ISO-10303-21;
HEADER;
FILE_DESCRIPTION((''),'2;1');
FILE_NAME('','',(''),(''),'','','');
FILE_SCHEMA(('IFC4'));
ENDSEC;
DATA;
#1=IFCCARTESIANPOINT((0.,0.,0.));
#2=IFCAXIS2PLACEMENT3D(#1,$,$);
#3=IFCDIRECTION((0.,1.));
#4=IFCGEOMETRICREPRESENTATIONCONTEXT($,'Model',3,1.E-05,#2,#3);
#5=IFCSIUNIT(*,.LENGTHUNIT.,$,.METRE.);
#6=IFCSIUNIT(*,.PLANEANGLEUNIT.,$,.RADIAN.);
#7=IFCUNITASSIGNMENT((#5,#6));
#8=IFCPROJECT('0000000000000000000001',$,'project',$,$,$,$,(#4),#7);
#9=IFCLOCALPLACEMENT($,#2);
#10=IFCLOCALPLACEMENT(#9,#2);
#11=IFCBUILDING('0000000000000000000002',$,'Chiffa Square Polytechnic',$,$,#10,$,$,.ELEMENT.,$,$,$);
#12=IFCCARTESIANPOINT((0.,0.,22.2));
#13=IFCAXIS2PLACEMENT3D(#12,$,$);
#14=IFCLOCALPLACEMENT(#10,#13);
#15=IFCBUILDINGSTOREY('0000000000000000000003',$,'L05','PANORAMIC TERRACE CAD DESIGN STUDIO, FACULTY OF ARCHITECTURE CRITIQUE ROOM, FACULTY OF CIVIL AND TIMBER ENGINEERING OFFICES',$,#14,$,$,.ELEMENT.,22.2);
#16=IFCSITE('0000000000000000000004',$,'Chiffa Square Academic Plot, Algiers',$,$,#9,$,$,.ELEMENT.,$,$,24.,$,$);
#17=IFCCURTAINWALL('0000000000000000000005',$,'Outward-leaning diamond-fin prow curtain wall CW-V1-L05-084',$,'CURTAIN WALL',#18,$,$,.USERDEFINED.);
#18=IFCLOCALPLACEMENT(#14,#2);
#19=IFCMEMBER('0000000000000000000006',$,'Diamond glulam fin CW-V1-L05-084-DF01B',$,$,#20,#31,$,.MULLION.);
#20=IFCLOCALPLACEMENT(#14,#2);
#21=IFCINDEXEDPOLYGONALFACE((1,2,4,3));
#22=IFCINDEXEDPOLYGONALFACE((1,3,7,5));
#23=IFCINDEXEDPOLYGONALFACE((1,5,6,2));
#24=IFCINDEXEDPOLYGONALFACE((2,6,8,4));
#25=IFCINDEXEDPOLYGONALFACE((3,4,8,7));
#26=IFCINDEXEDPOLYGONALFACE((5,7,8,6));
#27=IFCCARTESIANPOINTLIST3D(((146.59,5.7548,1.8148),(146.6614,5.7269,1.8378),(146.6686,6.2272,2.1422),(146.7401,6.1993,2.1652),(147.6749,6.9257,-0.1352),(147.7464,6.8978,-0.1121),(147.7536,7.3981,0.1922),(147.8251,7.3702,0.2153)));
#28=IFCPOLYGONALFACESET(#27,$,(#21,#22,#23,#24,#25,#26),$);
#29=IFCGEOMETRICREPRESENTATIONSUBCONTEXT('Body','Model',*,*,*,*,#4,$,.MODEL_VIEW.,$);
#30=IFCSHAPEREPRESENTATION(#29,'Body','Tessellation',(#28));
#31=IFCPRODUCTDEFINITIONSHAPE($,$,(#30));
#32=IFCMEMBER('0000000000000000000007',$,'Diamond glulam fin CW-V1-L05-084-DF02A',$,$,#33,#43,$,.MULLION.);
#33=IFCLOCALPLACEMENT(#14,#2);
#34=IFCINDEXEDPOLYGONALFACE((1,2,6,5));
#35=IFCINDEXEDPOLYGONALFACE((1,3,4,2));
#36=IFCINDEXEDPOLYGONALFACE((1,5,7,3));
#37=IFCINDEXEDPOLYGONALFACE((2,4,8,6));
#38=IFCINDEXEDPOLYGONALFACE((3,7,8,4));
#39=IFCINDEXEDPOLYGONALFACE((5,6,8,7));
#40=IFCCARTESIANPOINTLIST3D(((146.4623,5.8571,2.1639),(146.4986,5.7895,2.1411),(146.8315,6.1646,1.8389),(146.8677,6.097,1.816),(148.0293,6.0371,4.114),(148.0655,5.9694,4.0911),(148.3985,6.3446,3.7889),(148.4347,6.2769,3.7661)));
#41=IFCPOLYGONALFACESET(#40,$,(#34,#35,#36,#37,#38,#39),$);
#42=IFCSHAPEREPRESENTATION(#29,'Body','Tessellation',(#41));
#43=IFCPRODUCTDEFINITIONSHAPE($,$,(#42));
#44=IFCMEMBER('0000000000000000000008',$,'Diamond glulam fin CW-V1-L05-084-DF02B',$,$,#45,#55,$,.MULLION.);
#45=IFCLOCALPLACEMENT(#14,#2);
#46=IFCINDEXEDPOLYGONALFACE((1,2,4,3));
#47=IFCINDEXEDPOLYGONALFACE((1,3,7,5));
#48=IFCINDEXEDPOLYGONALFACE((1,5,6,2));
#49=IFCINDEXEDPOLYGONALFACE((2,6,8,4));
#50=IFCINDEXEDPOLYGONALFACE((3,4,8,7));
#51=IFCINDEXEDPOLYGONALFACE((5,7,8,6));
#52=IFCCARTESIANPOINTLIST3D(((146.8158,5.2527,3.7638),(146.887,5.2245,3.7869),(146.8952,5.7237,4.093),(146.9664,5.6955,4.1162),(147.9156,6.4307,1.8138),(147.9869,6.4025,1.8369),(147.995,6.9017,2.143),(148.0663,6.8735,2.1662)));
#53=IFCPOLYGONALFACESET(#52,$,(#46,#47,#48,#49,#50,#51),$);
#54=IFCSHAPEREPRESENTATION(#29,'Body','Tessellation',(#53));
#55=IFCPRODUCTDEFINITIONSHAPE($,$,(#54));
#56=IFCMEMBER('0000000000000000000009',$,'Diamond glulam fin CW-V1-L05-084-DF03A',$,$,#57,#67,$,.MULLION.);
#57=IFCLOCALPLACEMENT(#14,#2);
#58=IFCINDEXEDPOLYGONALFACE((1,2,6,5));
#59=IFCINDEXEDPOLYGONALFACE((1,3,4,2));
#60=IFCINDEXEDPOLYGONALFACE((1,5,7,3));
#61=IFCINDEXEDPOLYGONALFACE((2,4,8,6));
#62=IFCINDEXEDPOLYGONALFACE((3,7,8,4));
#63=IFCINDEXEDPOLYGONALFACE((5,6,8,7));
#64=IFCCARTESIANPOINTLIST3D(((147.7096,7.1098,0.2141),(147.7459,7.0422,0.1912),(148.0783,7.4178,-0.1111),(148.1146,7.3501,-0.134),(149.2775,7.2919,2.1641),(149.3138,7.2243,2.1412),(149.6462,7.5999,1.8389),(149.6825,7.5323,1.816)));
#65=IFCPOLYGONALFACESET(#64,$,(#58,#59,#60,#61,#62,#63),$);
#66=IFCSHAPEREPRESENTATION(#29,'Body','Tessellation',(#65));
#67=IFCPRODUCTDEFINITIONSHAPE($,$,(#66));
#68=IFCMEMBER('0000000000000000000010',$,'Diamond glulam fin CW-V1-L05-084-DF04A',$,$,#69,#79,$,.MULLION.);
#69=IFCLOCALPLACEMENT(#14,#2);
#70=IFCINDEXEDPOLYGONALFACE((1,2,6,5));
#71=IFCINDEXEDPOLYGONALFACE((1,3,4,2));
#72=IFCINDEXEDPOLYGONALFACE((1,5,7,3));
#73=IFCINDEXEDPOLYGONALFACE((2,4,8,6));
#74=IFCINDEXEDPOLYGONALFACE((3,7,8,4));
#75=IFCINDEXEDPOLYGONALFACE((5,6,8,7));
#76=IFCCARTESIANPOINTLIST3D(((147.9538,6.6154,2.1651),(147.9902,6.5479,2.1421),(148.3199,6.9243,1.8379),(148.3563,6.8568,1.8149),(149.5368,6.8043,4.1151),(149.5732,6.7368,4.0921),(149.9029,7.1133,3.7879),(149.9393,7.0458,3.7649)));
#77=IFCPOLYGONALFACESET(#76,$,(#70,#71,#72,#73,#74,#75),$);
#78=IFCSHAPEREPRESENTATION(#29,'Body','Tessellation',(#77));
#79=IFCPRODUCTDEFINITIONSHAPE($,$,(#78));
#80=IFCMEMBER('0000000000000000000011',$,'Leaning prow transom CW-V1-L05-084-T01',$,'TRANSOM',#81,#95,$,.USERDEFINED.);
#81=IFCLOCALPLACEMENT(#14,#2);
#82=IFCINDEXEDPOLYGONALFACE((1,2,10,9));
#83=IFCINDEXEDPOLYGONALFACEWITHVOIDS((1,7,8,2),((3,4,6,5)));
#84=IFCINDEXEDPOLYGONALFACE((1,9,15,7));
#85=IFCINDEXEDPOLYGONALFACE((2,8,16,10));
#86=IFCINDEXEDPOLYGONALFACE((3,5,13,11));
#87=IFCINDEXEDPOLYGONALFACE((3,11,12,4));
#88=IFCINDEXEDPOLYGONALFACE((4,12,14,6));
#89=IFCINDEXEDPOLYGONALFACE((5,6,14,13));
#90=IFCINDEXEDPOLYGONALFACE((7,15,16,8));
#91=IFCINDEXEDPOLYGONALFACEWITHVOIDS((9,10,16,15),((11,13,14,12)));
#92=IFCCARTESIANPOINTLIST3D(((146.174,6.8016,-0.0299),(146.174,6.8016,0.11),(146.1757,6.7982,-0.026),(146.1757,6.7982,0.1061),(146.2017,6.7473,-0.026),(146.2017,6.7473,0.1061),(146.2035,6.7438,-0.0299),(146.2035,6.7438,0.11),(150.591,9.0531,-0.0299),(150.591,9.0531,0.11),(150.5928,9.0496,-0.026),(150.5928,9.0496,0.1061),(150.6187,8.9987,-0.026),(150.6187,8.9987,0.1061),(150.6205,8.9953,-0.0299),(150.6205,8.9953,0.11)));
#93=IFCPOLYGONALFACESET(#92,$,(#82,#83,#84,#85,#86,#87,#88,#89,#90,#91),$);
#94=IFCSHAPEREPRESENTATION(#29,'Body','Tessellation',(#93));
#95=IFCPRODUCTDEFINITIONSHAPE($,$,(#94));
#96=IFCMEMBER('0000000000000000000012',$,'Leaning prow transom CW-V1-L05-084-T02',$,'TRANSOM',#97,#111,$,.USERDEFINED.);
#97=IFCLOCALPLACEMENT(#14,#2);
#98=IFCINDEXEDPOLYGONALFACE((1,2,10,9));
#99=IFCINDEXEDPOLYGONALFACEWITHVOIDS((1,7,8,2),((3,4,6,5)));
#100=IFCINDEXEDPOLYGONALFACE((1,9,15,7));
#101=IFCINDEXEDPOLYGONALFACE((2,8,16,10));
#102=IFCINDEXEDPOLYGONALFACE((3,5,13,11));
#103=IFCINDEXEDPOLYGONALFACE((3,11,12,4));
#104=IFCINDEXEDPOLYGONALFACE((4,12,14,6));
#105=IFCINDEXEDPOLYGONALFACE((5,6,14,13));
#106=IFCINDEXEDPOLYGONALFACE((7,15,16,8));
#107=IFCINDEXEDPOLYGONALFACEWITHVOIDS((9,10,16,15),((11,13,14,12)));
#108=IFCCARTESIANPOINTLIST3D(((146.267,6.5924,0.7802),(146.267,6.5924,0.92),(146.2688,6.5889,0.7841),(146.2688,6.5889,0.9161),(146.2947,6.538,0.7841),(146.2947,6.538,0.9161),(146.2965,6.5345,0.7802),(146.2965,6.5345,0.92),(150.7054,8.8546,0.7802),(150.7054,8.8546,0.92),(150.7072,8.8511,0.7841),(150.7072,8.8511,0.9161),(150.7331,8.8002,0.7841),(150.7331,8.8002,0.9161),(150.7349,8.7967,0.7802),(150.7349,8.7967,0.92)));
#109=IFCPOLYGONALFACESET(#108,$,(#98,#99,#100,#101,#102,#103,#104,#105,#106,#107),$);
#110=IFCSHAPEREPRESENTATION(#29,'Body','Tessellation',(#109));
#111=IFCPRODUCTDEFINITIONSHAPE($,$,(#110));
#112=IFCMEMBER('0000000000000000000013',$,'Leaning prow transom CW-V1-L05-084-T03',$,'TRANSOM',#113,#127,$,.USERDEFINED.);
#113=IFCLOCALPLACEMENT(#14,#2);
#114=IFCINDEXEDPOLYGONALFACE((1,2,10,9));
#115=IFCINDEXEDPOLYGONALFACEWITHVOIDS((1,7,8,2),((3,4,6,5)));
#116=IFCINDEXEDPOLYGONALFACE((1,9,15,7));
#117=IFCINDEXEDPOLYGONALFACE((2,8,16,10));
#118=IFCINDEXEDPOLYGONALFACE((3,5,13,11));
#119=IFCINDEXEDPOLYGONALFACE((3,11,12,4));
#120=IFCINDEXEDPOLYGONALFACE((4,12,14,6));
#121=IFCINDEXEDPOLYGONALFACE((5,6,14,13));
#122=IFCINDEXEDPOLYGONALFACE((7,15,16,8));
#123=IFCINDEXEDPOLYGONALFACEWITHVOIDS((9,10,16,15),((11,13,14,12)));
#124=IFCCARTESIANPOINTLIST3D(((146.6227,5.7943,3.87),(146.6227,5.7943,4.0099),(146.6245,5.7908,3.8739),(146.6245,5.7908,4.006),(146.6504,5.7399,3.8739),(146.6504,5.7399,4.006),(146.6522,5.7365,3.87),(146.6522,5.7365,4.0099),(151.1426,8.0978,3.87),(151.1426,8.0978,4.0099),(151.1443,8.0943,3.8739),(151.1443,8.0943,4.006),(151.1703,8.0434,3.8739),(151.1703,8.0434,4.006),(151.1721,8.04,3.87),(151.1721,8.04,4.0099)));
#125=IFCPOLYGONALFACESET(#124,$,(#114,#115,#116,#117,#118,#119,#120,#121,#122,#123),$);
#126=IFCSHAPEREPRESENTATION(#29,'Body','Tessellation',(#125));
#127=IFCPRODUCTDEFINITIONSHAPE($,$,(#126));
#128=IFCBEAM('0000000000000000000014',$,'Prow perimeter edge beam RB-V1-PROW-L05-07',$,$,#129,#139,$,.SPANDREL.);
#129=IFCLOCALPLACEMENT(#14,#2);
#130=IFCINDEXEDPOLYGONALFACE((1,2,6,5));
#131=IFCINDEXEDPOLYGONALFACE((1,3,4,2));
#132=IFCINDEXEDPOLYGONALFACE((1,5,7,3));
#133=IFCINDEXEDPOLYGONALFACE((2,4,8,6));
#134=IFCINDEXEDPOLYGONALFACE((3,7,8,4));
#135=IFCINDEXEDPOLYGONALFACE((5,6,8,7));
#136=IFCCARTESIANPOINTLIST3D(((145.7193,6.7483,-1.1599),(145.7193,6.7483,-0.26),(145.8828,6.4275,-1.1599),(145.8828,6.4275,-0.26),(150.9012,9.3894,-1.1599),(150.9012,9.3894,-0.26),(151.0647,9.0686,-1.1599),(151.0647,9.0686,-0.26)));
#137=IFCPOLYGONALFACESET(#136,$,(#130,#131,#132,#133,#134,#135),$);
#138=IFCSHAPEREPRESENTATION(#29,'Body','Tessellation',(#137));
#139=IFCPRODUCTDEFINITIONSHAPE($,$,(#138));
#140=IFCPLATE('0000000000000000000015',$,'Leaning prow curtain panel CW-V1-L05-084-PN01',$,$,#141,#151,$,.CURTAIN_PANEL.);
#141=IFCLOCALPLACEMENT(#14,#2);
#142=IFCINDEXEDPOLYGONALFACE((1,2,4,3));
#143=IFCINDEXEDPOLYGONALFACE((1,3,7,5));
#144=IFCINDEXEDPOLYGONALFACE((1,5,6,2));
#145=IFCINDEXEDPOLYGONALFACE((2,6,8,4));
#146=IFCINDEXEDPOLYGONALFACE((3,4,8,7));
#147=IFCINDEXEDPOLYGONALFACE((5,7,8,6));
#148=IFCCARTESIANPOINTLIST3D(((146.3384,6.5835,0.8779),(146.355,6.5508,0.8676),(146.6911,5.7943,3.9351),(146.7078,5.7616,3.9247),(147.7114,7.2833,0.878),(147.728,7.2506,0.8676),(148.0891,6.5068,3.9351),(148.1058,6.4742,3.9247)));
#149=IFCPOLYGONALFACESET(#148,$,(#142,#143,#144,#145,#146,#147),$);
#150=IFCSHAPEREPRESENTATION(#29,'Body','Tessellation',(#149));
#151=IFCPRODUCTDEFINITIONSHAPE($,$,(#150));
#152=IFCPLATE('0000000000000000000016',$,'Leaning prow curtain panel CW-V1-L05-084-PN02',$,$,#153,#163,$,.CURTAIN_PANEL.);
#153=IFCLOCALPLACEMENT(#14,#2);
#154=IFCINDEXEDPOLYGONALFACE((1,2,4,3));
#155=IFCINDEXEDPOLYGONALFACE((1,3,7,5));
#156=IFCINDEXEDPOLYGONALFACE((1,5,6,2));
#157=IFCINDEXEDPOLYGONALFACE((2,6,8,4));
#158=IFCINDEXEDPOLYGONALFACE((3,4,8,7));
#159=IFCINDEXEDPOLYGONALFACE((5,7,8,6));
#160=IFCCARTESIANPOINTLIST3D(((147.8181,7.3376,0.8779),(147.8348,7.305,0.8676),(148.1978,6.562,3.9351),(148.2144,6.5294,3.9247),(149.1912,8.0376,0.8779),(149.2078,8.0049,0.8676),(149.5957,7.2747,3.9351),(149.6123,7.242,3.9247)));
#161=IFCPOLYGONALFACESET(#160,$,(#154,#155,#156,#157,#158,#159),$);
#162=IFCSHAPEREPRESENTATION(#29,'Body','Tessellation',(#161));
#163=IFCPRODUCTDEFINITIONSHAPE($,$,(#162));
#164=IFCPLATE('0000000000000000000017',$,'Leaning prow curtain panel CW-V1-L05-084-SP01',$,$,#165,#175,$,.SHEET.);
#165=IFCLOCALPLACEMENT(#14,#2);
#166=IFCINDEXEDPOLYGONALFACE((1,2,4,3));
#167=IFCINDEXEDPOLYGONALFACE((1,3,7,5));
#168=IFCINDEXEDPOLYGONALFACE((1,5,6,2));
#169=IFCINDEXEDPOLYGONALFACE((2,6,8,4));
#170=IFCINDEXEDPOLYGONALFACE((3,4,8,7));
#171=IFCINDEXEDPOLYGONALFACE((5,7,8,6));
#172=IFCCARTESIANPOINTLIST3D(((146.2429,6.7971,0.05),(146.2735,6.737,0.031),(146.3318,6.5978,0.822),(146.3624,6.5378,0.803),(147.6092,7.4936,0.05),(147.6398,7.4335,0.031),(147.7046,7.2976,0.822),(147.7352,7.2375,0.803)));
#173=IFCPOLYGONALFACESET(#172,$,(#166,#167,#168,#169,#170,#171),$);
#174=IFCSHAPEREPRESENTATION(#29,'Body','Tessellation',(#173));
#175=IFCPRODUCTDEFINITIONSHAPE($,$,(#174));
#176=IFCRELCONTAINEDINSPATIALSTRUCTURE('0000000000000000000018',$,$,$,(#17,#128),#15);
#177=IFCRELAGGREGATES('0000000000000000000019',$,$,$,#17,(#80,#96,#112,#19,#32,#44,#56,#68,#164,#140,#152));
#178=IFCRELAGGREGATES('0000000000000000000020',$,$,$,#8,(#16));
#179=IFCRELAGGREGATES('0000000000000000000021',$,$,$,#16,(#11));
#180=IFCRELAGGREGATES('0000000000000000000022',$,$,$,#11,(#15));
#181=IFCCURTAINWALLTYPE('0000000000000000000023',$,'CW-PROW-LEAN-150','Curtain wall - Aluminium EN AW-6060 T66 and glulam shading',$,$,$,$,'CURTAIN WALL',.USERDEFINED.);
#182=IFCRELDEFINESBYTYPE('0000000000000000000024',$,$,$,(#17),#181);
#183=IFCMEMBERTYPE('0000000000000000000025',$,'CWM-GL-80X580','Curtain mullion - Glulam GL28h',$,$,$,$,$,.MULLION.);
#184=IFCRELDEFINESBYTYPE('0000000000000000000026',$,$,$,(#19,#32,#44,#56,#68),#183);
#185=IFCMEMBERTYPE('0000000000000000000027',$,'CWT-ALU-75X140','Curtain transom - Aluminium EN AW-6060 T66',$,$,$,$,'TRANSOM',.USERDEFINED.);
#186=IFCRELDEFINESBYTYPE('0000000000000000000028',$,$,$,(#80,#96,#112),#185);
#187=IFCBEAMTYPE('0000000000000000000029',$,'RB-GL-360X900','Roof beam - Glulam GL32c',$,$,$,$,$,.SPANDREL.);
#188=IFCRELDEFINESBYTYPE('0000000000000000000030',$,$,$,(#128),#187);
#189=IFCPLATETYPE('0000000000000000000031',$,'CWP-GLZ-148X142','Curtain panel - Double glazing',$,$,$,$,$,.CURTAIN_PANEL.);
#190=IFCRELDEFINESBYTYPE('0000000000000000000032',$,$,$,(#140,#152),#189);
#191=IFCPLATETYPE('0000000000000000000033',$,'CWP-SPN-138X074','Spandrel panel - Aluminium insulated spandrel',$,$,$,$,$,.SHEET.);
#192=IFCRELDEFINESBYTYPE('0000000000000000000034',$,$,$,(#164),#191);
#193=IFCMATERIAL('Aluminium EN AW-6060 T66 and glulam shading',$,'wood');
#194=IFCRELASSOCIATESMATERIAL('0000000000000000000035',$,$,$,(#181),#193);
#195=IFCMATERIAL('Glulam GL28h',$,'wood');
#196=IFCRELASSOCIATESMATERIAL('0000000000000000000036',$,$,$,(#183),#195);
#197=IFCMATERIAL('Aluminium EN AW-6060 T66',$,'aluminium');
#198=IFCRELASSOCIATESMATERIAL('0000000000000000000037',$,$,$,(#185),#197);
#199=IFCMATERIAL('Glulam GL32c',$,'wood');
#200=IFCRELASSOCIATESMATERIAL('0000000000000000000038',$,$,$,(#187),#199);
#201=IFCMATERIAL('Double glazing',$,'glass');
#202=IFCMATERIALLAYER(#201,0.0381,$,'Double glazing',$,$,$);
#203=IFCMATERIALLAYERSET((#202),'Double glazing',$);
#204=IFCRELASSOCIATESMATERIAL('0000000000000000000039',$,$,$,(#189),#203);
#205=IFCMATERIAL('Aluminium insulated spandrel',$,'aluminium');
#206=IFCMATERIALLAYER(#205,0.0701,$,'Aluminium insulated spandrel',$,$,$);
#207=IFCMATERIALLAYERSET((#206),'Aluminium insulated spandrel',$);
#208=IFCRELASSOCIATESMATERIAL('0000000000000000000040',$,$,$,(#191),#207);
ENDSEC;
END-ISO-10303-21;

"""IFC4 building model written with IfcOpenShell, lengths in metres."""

from ifc_helpers import new_model, si_unit, direction, frame, origin, origin_2d, place, context, subcontext, project, spatial, polyline, rectangle, hollow_rectangle, outline, extrude, material, layer, layer_set, material_profile, profile_set, type_object, element, aggregate, save


model = new_model("IFC4")

# Units and contexts
model_context = context("Model", 3, precision=1e-05, world=origin(), true_north=direction((0.0, 1.0)))
body_context = subcontext(model_context, "Body", "Model", "MODEL_VIEW")
ifc_project = project(units=[si_unit("LENGTHUNIT", "METRE"), si_unit("PLANEANGLEUNIT", "RADIAN")], contexts=[model_context])

# Site, building, storey
site_placement = place(None, origin())
site = spatial("IfcSite", under=ifc_project, at=site_placement, Name="Chiffa Square Academic Plot, Algiers", CompositionType="ELEMENT", RefElevation=24.0)
building_placement = place(site_placement, origin())
building = spatial("IfcBuilding", under=site, at=building_placement, Name="Chiffa Square Polytechnic", CompositionType="ELEMENT")
storey_placement = place(building_placement, frame((0.0, 0.0, 22.2)))
storey = spatial("IfcBuildingStorey", under=building, at=storey_placement, Name="L05", Description="PANORAMIC TERRACE CAD DESIGN STUDIO, FACULTY OF ARCHITECTURE CRITIQUE ROOM, FACULTY OF CIVIL AND TIMBER ENGINEERING OFFICES", CompositionType="ELEMENT", Elevation=22.2)

# Shared definitions
ifc_material_1 = material(Name="Glulam GL32c", Category="wood")

# Shared definitions
ifc_material_2 = material(Name="Aluminium EN AW-6060 T66 and glulam shading", Category="wood")
ifc_material_3 = material(Name="Aluminium EN AW-6060 T66", Category="aluminium")

# Curtain wall
curtain_wall_type_1 = type_object("IfcCurtainWallType", Name="CW-PROW-LEAN-150", Description="Curtain wall - Aluminium EN AW-6060 T66 and glulam shading", ElementType="CURTAIN WALL", PredefinedType="USERDEFINED", material=ifc_material_2)
curtain_wall_1_placement = place(storey_placement, origin())
curtain_wall_1 = element("IfcCurtainWall", 1, at=curtain_wall_1_placement, inside=storey, type_object=curtain_wall_type_1, Name="Outward-leaning diamond-fin prow curtain wall CW-V1-L05-084", ObjectType="CURTAIN WALL", PredefinedType="USERDEFINED")

# Members
ifc_material_4 = material(Name="Glulam GL28h", Category="wood")
ifc_material_profile_1 = material_profile(ifc_material_4, rectangle(XDim=0.0801, YDim=0.5801, at=origin_2d()), Name="GL28h 80x580")
ifc_profile_set_1 = profile_set([ifc_material_profile_1], Name="Glulam GL28h")
member_type_1 = type_object("IfcMemberType", Name="CWM-GL-80X580", Description="Curtain mullion - Glulam GL28h", PredefinedType="MULLION", material=ifc_profile_set_1)
member_1_placement = place(storey_placement, frame((147.75, 7.1479, 0.04), z_axis=(-0.430538, -0.46464, 0.773787), x_axis=(0.892329, -0.347919, 0.287578)))
member_1 = element("IfcMember", 2, at=member_1_placement, type_object=member_type_1, Name="Diamond glulam fin CW-V1-L05-084-DF01B", PredefinedType="MULLION", context=body_context, shape_type="SweptSolid", body=[
    extrude(rectangle(XDim=0.0801, YDim=0.5801, at=origin_2d()), origin(), (0.0, 0.0, 1.0), 2.52),
])
member_2_placement = place(storey_placement, frame((146.665, 5.9771, 1.99), z_axis=(0.62477, 0.071744, 0.777506), x_axis=(-0.452325, 0.84492, 0.285503)))
member_2 = element("IfcMember", 3, at=member_2_placement, type_object=member_type_1, Name="Diamond glulam fin CW-V1-L05-084-DF02A", PredefinedType="MULLION", context=body_context, shape_type="SweptSolid", body=[
    extrude(rectangle(XDim=0.0801, YDim=0.5801, at=origin_2d()), origin(), (0.0, 0.0, 1.0), 2.5081),
])
member_3_placement = place(storey_placement, frame((147.991, 6.6521, 1.99), z_axis=(-0.434768, -0.465651, 0.770809), x_axis=(0.89008, -0.352289, 0.289222)))
member_3 = element("IfcMember", 4, at=member_3_placement, type_object=member_type_1, Name="Diamond glulam fin CW-V1-L05-084-DF02B", PredefinedType="MULLION", context=body_context, shape_type="SweptSolid", body=[
    extrude(rectangle(XDim=0.0801, YDim=0.5801, at=origin_2d()), origin(), (0.0, 0.0, 1.0), 2.5298),
])
member_4_placement = place(storey_placement, frame((147.9121, 7.23, 0.04), z_axis=(0.624967, 0.072598, 0.777268), x_axis=(-0.453326, 0.844338, 0.285637)))
member_4 = element("IfcMember", 5, at=member_4_placement, type_object=member_type_1, Name="Diamond glulam fin CW-V1-L05-084-DF03A", PredefinedType="MULLION", context=body_context, shape_type="SweptSolid", body=[
    extrude(rectangle(XDim=0.0801, YDim=0.5801, at=origin_2d()), origin(), (0.0, 0.0, 1.0), 2.5088),
])
member_5_placement = place(storey_placement, frame((148.155, 6.7361, 1.99), z_axis=(0.628498, 0.075024, 0.774185), x_axis=(-0.454605, 0.843066, 0.287358)))
member_5 = element("IfcMember", 6, at=member_5_placement, type_object=member_type_1, Name="Diamond glulam fin CW-V1-L05-084-DF04A", PredefinedType="MULLION", context=body_context, shape_type="SweptSolid", body=[
    extrude(rectangle(XDim=0.0801, YDim=0.5801, at=origin_2d()), origin(), (0.0, 0.0, 1.0), 2.5188),
])
ifc_material_profile_2 = material_profile(ifc_material_3, hollow_rectangle(XDim=0.0649, YDim=0.1399, WallThickness=0.0039, at=origin_2d()), Name="ALU 65x140x4")
ifc_profile_set_2 = profile_set([ifc_material_profile_2], Name="Aluminium EN AW-6060 T66")
member_type_2 = type_object("IfcMemberType", Name="CWT-ALU-75X140", Description="Curtain transom - Aluminium EN AW-6060 T66", ElementType="TRANSOM", PredefinedType="USERDEFINED", material=ifc_profile_set_2)
member_6_placement = place(storey_placement, frame((146.1887, 6.7727, 0.04), z_axis=(0.890933, 0.454134, 0.0), x_axis=(-0.454134, 0.890933, 0.0)))
member_6 = element("IfcMember", 7, at=member_6_placement, type_object=member_type_2, Name="Leaning prow transom CW-V1-L05-084-T01", ObjectType="TRANSOM", PredefinedType="USERDEFINED", context=body_context, shape_type="SweptSolid", body=[
    extrude(hollow_rectangle(XDim=0.0649, YDim=0.1399, WallThickness=0.0039, at=origin_2d()), origin(), (0.0, 0.0, 1.0), 4.9578),
])
member_7_placement = place(storey_placement, frame((146.2817, 6.5635, 0.8501), z_axis=(0.89095, 0.4541, 0.0), x_axis=(-0.4541, 0.89095, 0.0)))
member_7 = element("IfcMember", 8, at=member_7_placement, type_object=member_type_2, Name="Leaning prow transom CW-V1-L05-084-T02", ObjectType="TRANSOM", PredefinedType="USERDEFINED", context=body_context, shape_type="SweptSolid", body=[
    extrude(hollow_rectangle(XDim=0.0649, YDim=0.1399, WallThickness=0.0039, at=origin_2d()), origin(), (0.0, 0.0, 1.0), 4.9817),
])
member_8_placement = place(storey_placement, frame((146.6375, 5.7654, 3.9399), z_axis=(0.890965, 0.454073, 0.0), x_axis=(-0.454073, 0.890965, 0.0)))
member_8 = element("IfcMember", 9, at=member_8_placement, type_object=member_type_2, Name="Leaning prow transom CW-V1-L05-084-T03", ObjectType="TRANSOM", PredefinedType="USERDEFINED", context=body_context, shape_type="SweptSolid", body=[
    extrude(hollow_rectangle(XDim=0.0649, YDim=0.1399, WallThickness=0.0039, at=origin_2d()), origin(), (0.0, 0.0, 1.0), 5.073),
])

# Beam
ifc_material_profile_3 = material_profile(ifc_material_1, rectangle(XDim=0.3601, YDim=0.8999, at=origin_2d()), Name="GL32c 360x900")
ifc_profile_set_3 = profile_set([ifc_material_profile_3], Name="Glulam GL32c")
beam_type_1 = type_object("IfcBeamType", Name="RB-GL-360X900", Description="Roof beam - Glulam GL32c", PredefinedType="SPANDREL", material=ifc_profile_set_3)
beam_1_placement = place(storey_placement, frame((145.801, 6.5879, -0.71), z_axis=(0.89095, 0.454101, 0.0), x_axis=(-0.454101, 0.89095, 0.0)))
element("IfcBeam", 10, at=beam_1_placement, inside=storey, type_object=beam_type_1, Name="Prow perimeter edge beam RB-V1-PROW-L05-07", PredefinedType="SPANDREL", context=body_context, shape_type="SweptSolid", body=[
    extrude(rectangle(XDim=0.3601, YDim=0.8999, at=origin_2d()), origin(), (0.0, 0.0, 1.0), 5.8162),
])

# Plates
ifc_material_5 = material(Name="Double glazing", Category="glass")
ifc_layer_1 = layer(ifc_material_5, 0.0381, Name="Double glazing")
ifc_layer_set_1 = layer_set([ifc_layer_1], Name="Double glazing")
plate_type_1 = type_object("IfcPlateType", Name="CWP-GLZ-148X142", Description="Curtain panel - Double glazing", PredefinedType="CURTAIN_PANEL", material=ifc_layer_set_1)
plate_1_placement = place(storey_placement, frame((146.3384, 6.5835, 0.8779), z_axis=(-0.437017, 0.857414, 0.271768), x_axis=(0.890949, 0.454103, 0.000019)))
plate_1 = element("IfcPlate", 11, at=plate_1_placement, type_object=plate_type_1, Name="Leaning prow curtain panel CW-V1-L05-084-PN01", PredefinedType="CURTAIN_PANEL", context=body_context, shape_type="SweptSolid", body=[
    extrude(outline(polyline([(0.0, 0.0), (1.5411, 0.0), (1.5251, -3.1767), (-0.0441, -3.1767), (0.0, 0.0)])), origin(), (0.0, 0.0, -1.0), 0.0381),
])
plate_2_placement = place(storey_placement, frame((147.8181, 7.3376, 0.8779), z_axis=(-0.437072, 0.857374, 0.271804), x_axis=(0.890915, 0.45417, 0.0)))
plate_2 = element("IfcPlate", 12, at=plate_2_placement, type_object=plate_type_1, Name="Leaning prow curtain panel CW-V1-L05-084-PN02", PredefinedType="CURTAIN_PANEL", context=body_context, shape_type="SweptSolid", body=[
    extrude(outline(polyline([(0.0, 0.0), (1.5412, 0.0), (1.5551, -3.1767), (-0.014, -3.1767), (0.0, 0.0)])), origin(), (0.0, 0.0, -1.0), 0.0381),
])
ifc_material_6 = material(Name="Aluminium insulated spandrel", Category="aluminium")
ifc_layer_2 = layer(ifc_material_6, 0.0701, Name="Aluminium insulated spandrel")
ifc_layer_set_2 = layer_set([ifc_layer_2], Name="Aluminium insulated spandrel")
plate_type_2 = type_object("IfcPlateType", Name="CWP-SPN-138X074", Description="Spandrel panel - Aluminium insulated spandrel", PredefinedType="SHEET", material=ifc_layer_set_2)
plate_3_placement = place(storey_placement, frame((146.2429, 6.7971, 0.05), z_axis=(-0.437074, 0.857411, 0.271685), x_axis=(0.89092, 0.45416, -0.000014)))
plate_3 = element("IfcPlate", 13, at=plate_3_placement, type_object=plate_type_2, Name="Leaning prow curtain panel CW-V1-L05-084-SP01", PredefinedType="SHEET", context=body_context, shape_type="SweptSolid", body=[
    extrude(outline(polyline([(0.0, 0.0), (1.5335, 0.0), (1.5295, -0.8022), (-0.0113, -0.8021), (0.0, 0.0)])), origin(), (0.0, 0.0, -1.0), 0.0701),
])
aggregate(curtain_wall_1, [member_6, member_7, member_8, member_1, member_2, member_3, member_4, member_5, plate_3, plate_1, plate_2])

save(model, "model.ifc")
